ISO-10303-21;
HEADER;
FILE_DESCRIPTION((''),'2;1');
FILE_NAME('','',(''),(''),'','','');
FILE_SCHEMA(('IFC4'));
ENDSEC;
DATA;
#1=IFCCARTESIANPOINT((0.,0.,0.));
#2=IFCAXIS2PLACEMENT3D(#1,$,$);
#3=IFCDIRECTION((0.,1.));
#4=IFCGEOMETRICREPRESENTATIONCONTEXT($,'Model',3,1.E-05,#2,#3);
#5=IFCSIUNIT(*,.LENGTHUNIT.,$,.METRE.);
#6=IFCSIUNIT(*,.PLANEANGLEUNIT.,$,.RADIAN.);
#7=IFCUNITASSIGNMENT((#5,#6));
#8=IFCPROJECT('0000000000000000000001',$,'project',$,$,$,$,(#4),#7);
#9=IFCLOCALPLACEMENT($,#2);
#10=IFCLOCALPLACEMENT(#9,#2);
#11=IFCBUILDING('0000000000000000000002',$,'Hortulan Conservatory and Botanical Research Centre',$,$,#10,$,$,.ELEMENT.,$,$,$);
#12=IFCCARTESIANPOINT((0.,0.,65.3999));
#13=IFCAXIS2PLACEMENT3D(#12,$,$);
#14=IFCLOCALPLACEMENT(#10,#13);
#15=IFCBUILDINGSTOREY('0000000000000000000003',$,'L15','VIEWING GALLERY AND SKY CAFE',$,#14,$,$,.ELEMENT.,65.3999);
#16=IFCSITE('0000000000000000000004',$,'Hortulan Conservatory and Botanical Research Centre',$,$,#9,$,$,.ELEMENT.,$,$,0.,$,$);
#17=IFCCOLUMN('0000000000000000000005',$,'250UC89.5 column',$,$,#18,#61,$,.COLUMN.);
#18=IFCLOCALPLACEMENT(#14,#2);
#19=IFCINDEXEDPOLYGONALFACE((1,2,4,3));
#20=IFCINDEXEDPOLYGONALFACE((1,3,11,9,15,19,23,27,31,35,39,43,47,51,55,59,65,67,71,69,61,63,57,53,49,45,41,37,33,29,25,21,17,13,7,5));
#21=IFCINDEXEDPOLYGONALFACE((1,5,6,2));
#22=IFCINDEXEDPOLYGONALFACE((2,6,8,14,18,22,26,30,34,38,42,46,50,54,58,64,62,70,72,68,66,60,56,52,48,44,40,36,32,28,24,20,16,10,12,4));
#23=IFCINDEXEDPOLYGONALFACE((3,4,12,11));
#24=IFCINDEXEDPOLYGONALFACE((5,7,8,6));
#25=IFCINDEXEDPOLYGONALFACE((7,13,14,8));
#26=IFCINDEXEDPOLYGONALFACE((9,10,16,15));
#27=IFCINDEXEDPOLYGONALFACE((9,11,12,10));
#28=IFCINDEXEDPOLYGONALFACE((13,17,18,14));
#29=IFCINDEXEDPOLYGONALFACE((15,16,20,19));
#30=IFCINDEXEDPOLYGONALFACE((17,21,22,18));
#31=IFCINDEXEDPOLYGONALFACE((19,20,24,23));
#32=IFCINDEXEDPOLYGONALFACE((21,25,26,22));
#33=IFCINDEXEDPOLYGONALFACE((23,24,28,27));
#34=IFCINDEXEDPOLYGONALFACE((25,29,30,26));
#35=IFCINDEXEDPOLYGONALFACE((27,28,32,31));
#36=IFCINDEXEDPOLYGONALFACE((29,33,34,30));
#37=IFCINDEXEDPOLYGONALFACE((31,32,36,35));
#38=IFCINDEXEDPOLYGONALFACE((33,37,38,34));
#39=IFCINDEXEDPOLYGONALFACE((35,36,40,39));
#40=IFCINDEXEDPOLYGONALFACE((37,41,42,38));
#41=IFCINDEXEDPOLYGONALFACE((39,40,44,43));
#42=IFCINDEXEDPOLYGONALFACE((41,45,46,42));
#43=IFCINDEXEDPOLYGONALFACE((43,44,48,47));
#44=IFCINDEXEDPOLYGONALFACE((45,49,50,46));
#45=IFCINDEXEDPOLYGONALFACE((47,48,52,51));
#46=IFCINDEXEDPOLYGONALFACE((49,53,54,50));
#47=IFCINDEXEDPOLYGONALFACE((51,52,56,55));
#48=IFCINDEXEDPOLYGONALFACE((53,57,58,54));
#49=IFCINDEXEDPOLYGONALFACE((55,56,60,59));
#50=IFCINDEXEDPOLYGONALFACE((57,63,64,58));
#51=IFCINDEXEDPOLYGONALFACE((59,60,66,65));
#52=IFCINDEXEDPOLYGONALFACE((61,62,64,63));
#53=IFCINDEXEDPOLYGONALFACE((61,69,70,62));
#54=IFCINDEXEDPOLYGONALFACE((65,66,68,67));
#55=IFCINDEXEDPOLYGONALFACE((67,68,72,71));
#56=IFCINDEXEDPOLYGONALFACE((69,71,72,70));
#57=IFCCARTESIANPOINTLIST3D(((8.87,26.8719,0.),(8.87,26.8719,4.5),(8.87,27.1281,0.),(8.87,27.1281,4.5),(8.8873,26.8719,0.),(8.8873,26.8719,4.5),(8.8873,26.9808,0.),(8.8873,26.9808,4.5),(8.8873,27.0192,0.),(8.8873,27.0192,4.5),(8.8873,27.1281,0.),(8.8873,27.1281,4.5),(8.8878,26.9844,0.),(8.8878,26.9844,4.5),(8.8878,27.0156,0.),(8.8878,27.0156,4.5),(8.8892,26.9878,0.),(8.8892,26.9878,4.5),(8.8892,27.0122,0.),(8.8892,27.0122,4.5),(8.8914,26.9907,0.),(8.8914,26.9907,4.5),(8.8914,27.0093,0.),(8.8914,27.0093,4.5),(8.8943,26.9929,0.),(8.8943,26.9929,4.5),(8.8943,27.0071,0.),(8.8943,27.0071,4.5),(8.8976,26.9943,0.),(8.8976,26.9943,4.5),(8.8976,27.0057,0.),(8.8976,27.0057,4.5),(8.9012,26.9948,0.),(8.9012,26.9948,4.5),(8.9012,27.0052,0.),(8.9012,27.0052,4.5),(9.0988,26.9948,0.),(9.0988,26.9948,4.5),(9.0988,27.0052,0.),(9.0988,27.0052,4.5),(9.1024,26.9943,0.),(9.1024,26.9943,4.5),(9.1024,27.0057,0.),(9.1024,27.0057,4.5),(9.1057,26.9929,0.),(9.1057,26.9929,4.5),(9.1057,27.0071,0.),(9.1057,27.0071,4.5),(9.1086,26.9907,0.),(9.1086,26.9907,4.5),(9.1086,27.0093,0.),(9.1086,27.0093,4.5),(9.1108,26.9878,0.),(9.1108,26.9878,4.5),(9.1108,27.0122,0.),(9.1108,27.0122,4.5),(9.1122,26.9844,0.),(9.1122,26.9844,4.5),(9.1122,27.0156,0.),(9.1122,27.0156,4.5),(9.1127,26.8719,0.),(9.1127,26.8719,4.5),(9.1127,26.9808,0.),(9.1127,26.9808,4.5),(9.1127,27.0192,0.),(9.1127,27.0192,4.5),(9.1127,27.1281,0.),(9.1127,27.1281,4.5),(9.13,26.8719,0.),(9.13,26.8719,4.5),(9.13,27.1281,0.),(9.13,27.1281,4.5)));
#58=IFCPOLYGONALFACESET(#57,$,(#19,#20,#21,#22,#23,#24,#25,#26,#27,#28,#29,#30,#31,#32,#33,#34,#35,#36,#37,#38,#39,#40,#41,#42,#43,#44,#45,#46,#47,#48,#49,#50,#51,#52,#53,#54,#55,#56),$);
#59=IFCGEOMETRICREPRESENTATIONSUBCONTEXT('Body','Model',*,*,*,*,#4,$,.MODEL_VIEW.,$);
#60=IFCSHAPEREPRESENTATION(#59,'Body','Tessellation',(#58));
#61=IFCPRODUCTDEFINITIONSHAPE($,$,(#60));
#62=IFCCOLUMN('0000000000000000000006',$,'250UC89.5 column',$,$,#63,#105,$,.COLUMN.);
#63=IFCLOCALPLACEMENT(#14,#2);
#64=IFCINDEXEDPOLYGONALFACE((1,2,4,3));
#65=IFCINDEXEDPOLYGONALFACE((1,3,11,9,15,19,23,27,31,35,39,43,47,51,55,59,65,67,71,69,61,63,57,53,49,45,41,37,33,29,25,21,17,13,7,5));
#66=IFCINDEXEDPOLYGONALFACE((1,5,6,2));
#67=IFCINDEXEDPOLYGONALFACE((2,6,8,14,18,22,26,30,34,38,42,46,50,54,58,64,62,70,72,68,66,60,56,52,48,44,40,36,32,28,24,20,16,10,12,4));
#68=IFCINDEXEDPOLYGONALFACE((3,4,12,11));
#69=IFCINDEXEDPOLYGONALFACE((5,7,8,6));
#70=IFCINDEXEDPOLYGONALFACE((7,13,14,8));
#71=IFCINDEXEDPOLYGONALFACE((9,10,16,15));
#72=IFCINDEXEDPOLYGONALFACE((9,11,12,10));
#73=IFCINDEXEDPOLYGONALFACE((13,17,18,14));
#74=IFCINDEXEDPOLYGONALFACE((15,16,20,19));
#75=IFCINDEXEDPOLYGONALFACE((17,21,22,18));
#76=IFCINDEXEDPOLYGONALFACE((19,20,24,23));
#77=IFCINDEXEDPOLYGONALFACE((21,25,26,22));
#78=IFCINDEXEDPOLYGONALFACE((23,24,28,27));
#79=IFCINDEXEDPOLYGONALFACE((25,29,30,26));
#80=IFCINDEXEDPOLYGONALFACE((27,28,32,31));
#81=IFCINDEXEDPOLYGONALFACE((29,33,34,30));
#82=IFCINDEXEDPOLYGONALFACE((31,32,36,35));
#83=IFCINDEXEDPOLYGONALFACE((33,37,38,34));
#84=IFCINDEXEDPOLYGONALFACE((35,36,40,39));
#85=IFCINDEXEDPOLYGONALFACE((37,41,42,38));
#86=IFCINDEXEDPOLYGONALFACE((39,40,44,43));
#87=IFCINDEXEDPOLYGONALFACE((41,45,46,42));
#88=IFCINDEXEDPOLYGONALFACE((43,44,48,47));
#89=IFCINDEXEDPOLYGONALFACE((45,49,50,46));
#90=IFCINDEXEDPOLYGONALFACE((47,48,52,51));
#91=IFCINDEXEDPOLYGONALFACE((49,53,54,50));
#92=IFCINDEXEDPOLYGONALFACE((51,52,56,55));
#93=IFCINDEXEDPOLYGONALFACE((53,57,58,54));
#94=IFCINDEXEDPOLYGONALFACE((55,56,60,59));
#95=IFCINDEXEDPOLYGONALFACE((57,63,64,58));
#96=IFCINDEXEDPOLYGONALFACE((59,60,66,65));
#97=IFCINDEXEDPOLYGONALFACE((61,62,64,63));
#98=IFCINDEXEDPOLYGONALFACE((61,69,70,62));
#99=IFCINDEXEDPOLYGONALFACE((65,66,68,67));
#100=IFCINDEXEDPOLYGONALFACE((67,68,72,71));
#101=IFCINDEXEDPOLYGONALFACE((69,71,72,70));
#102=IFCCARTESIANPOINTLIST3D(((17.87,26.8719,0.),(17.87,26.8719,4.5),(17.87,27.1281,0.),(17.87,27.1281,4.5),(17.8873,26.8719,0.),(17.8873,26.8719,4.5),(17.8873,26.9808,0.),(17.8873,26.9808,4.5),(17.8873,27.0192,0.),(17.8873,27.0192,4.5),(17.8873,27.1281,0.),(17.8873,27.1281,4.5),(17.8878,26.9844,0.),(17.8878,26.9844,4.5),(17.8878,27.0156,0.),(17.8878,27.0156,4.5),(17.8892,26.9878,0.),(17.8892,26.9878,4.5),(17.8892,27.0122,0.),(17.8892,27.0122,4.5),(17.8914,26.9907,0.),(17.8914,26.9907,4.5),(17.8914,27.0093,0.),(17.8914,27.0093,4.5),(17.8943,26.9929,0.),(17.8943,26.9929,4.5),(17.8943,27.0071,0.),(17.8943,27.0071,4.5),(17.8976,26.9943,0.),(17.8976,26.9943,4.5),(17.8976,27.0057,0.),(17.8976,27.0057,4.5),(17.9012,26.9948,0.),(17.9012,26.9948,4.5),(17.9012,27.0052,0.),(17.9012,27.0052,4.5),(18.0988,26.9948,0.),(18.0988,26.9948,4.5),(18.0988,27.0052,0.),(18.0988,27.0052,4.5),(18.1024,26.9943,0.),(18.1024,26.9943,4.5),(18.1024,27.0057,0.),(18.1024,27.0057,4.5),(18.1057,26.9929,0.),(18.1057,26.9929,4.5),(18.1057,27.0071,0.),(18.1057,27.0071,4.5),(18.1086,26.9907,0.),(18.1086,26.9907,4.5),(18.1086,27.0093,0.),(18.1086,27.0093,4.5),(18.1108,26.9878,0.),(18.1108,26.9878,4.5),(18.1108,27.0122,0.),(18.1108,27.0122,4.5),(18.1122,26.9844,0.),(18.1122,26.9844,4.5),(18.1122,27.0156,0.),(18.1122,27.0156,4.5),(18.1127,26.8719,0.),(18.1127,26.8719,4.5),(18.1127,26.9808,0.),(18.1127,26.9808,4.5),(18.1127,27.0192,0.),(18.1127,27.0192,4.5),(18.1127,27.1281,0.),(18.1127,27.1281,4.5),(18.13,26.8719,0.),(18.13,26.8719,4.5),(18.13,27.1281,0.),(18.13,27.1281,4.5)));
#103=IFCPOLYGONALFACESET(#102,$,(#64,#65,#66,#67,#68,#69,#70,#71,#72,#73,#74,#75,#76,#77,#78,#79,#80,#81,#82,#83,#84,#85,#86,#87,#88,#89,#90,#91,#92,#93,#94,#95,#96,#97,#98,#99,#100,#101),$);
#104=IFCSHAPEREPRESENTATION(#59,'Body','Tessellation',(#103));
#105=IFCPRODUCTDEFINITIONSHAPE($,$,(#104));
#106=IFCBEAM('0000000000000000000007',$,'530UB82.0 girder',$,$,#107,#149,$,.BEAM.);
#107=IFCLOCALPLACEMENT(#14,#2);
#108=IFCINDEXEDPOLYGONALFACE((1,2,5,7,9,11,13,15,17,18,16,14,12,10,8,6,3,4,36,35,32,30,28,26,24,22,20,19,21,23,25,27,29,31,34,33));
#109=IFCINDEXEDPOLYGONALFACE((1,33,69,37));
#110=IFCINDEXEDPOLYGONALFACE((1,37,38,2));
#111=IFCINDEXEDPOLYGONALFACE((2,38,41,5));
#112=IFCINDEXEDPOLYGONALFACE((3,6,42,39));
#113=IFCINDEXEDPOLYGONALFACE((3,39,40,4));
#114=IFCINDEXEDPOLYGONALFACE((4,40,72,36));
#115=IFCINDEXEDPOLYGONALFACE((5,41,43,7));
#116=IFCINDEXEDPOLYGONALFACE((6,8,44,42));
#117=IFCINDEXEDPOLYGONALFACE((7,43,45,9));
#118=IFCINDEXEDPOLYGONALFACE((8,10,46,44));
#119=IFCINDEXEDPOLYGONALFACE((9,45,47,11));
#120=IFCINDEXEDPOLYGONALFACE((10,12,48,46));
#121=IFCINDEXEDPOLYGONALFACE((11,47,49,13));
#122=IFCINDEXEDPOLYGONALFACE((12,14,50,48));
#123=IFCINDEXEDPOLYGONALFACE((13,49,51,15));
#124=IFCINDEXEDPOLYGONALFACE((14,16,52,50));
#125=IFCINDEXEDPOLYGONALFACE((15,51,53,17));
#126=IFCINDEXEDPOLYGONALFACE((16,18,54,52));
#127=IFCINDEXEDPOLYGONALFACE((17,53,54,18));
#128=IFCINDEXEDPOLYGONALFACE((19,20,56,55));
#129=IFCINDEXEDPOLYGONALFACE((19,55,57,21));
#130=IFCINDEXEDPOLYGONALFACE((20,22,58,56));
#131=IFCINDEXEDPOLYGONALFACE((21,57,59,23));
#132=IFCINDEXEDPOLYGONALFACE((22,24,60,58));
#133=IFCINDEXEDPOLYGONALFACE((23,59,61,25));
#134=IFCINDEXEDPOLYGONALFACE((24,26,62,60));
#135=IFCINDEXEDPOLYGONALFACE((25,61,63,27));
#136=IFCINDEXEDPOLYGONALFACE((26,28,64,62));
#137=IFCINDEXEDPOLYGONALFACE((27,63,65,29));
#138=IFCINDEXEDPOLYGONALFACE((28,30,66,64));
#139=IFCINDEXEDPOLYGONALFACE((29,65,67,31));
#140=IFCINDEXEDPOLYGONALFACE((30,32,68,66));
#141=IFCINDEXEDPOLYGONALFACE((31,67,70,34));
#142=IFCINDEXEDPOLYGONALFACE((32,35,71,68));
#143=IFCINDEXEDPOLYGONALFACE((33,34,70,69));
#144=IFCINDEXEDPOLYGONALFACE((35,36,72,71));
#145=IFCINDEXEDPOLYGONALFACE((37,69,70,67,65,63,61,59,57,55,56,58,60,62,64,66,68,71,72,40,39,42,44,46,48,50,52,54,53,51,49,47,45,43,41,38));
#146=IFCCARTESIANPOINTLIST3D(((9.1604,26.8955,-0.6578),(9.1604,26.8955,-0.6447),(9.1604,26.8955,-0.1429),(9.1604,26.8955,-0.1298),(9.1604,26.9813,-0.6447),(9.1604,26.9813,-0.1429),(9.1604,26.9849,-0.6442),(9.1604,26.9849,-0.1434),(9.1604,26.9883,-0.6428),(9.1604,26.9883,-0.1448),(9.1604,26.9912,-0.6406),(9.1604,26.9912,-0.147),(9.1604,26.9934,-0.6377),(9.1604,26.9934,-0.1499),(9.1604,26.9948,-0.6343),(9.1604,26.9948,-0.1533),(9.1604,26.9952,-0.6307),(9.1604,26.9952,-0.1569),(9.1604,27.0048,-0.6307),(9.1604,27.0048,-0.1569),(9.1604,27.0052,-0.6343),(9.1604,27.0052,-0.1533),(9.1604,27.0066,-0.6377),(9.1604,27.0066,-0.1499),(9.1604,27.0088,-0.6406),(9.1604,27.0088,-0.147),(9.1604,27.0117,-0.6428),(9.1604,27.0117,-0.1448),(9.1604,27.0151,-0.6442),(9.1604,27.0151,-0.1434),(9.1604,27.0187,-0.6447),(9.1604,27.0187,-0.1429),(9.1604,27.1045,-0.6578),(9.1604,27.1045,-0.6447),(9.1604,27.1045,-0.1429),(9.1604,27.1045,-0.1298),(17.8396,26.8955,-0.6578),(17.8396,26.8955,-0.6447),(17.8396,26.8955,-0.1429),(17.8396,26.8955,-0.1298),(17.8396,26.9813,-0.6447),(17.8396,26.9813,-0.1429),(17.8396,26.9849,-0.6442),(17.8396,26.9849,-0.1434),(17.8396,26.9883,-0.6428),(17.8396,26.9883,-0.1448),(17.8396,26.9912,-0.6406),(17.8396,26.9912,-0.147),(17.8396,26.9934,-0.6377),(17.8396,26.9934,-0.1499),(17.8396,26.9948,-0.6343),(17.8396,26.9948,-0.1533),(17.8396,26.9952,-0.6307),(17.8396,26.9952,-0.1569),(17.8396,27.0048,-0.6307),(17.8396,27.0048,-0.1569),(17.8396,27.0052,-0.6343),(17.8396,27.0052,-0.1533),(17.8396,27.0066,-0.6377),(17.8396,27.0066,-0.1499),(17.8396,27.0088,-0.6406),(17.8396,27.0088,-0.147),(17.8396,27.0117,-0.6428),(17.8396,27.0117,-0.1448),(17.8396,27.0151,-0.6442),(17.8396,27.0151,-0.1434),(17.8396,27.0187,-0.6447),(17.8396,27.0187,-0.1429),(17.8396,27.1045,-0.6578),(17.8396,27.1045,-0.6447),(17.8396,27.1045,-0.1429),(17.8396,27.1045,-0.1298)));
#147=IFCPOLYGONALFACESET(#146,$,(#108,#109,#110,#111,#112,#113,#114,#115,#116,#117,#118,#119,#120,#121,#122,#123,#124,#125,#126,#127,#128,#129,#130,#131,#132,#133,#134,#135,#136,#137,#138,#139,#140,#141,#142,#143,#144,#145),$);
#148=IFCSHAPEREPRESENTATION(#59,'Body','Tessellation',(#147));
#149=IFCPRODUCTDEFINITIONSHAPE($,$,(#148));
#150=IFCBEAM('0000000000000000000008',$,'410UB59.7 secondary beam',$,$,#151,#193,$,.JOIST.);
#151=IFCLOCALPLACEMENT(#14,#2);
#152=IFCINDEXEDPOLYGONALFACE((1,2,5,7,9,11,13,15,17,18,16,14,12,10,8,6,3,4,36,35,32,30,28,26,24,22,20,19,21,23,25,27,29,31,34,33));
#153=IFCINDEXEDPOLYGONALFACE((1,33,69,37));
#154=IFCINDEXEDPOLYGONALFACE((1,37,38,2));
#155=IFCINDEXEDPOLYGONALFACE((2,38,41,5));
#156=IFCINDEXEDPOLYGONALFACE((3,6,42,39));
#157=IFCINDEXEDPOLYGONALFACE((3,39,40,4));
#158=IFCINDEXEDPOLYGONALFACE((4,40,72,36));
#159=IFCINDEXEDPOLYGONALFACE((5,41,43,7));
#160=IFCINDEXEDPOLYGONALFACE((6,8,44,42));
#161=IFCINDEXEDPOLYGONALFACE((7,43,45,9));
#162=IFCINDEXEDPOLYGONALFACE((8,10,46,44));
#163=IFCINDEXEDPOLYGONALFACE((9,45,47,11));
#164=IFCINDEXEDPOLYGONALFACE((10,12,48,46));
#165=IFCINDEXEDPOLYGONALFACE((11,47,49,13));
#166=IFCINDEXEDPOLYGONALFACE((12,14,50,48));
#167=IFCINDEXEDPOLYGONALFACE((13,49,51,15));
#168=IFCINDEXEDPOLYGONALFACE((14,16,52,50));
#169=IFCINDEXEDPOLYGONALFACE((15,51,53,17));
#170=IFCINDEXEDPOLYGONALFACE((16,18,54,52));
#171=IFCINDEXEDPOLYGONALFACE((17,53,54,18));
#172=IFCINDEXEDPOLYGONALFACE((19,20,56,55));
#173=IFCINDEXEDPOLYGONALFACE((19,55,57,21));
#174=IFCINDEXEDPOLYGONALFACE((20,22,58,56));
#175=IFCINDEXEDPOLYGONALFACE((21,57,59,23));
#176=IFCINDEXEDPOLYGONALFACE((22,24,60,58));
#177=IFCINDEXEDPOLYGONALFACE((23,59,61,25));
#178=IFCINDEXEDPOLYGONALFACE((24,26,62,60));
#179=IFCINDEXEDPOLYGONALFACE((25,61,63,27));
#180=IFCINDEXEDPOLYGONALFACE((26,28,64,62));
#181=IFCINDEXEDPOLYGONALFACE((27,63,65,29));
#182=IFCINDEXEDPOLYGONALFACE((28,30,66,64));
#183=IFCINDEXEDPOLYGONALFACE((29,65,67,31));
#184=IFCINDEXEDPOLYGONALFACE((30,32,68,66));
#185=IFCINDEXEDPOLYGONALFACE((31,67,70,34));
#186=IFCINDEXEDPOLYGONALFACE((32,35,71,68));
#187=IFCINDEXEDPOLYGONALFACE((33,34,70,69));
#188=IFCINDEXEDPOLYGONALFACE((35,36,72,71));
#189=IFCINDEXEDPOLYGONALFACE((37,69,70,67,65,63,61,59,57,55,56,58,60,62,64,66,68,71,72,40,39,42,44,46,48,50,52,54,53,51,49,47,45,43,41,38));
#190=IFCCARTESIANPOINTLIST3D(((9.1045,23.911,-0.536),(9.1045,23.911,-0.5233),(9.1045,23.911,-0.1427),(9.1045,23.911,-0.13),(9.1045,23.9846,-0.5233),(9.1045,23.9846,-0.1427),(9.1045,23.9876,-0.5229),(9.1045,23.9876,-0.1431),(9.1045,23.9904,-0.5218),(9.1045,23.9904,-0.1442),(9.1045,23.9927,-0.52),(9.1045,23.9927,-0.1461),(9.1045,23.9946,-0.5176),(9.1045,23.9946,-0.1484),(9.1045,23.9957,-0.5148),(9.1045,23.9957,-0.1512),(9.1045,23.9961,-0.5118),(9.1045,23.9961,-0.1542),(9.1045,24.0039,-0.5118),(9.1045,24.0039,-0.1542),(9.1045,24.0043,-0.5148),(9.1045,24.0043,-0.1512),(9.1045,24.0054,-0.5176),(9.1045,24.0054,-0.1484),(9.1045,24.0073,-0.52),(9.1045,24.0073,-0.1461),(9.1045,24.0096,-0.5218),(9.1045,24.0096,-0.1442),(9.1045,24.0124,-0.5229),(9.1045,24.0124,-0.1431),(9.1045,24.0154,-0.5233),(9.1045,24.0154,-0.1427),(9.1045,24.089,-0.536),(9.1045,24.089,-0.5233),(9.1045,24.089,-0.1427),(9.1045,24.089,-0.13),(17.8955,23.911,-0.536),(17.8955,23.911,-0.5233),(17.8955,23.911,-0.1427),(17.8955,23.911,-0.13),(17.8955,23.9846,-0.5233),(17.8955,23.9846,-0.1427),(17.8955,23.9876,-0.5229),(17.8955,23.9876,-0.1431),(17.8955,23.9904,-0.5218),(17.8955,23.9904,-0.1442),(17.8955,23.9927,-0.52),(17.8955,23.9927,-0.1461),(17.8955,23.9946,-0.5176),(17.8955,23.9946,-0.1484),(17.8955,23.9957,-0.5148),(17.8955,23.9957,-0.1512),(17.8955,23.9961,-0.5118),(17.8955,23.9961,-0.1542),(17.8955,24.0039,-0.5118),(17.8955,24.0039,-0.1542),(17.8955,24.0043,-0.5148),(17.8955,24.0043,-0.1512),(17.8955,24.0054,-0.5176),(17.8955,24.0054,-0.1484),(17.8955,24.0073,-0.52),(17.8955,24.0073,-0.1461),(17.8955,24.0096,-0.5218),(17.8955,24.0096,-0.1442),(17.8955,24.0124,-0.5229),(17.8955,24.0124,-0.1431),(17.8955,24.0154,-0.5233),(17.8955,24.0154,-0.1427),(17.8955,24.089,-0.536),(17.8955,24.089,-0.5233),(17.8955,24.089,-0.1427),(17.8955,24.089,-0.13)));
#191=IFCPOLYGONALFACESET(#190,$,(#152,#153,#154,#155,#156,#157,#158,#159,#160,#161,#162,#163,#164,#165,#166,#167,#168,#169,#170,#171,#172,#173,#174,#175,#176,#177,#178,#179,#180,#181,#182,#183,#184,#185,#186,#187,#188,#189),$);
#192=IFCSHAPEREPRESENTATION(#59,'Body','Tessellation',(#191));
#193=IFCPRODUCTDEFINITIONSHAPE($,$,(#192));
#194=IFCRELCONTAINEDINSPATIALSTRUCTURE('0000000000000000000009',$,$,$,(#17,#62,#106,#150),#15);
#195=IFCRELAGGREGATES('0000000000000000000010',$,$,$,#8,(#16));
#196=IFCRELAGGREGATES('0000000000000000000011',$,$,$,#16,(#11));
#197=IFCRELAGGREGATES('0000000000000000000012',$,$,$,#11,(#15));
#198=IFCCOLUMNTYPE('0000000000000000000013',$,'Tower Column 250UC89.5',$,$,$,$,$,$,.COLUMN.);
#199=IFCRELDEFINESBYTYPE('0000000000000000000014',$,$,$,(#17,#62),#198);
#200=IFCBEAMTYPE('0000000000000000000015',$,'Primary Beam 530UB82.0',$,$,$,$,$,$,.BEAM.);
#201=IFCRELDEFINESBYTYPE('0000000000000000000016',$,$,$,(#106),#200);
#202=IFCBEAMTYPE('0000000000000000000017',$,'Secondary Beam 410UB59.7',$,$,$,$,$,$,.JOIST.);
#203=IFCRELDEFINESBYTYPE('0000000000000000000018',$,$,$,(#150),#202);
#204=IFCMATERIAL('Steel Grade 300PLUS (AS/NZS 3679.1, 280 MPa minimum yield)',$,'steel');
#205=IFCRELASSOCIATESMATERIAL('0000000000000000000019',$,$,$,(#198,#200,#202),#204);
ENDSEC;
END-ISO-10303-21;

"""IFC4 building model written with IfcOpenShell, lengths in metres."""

from ifc_helpers import new_model, si_unit, direction, frame, origin, origin_2d, place, context, subcontext, project, spatial, i_section, extrude, material, material_profile, profile_set, type_object, element, save


model = new_model("IFC4")

# Units and contexts
model_context = context("Model", 3, precision=1e-05, world=origin(), true_north=direction((0.0, 1.0)))
body_context = subcontext(model_context, "Body", "Model", "MODEL_VIEW")
ifc_project = project(units=[si_unit("LENGTHUNIT", "METRE"), si_unit("PLANEANGLEUNIT", "RADIAN")], contexts=[model_context])

# Site, building, storey
site_placement = place(None, origin())
site = spatial("IfcSite", under=ifc_project, at=site_placement, Name="Hortulan Conservatory and Botanical Research Centre", CompositionType="ELEMENT", RefElevation=0.0)
building_placement = place(site_placement, origin())
building = spatial("IfcBuilding", under=site, at=building_placement, Name="Hortulan Conservatory and Botanical Research Centre", CompositionType="ELEMENT")
storey_placement = place(building_placement, frame((0.0, 0.0, 65.3999)))
storey = spatial("IfcBuildingStorey", under=building, at=storey_placement, Name="L15", Description="VIEWING GALLERY AND SKY CAFE", CompositionType="ELEMENT", Elevation=65.3999)

# Columns
ifc_material_1 = material(Name="Steel Grade 300PLUS (AS/NZS 3679.1, 280 MPa minimum yield)", Category="steel")
ifc_material_profile_1 = material_profile(ifc_material_1, i_section(OverallWidth=0.2561, OverallDepth=0.26, WebThickness=0.0105, FlangeThickness=0.0173, FilletRadius=0.0139, at=origin_2d()), Name="250UC89.5")
ifc_profile_set_1 = profile_set([ifc_material_profile_1], Name="Steel Grade 300PLUS (AS/NZS 3679.1, 280 MPa minimum yield)")
column_type = type_object("IfcColumnType", Name="Tower Column 250UC89.5", PredefinedType="COLUMN", material=ifc_profile_set_1)
for number, where, z_axis, x_axis, name in (
    (1, (9.0, 27.0, 0.0), (0.0, 0.0, 1.0), (0.0, 1.0, 0.0), "250UC89.5 column"),
    (2, (18.0, 27.0, 0.0), (0.0, 0.0, 1.0), (0.0, 1.0, 0.0), "250UC89.5 column"),
):
    element("IfcColumn", number, at=place(storey_placement, frame(where, z_axis=z_axis, x_axis=x_axis)), inside=storey, type_object=column_type, Name=name, PredefinedType="COLUMN", context=body_context, shape_type="SweptSolid", body=[
        extrude(i_section(OverallWidth=0.2561, OverallDepth=0.26, WebThickness=0.0105, FlangeThickness=0.0173, FilletRadius=0.0139, at=origin_2d()), origin(), (0.0, 0.0, 1.0), 4.5),
    ])

# Beams
ifc_material_profile_2 = material_profile(ifc_material_1, i_section(OverallWidth=0.209, OverallDepth=0.5281, WebThickness=0.0095, FlangeThickness=0.0132, FilletRadius=0.0139, at=origin_2d()), Name="530UB82.0")
ifc_profile_set_2 = profile_set([ifc_material_profile_2], Name="Steel Grade 300PLUS (AS/NZS 3679.1, 280 MPa minimum yield)")
beam_type_1 = type_object("IfcBeamType", Name="Primary Beam 530UB82.0", PredefinedType="BEAM", material=ifc_profile_set_2)
beam_1_placement = place(storey_placement, frame((9.1604, 27.0, -0.3938), z_axis=(1.0, 0.0, 0.0), x_axis=(0.0, 1.0, 0.0)))
element("IfcBeam", 3, at=beam_1_placement, inside=storey, type_object=beam_type_1, Name="530UB82.0 girder", PredefinedType="BEAM", context=body_context, shape_type="SweptSolid", body=[
    extrude(i_section(OverallWidth=0.209, OverallDepth=0.5281, WebThickness=0.0095, FlangeThickness=0.0132, FilletRadius=0.0139, at=origin_2d()), origin(), (0.0, 0.0, 1.0), 8.6792),
])
ifc_material_profile_3 = material_profile(ifc_material_1, i_section(OverallWidth=0.178, OverallDepth=0.406, WebThickness=0.0078, FlangeThickness=0.0127, FilletRadius=0.0115, at=origin_2d()), Name="410UB59.7")
ifc_profile_set_3 = profile_set([ifc_material_profile_3], Name="Steel Grade 300PLUS (AS/NZS 3679.1, 280 MPa minimum yield)")
beam_type_2 = type_object("IfcBeamType", Name="Secondary Beam 410UB59.7", PredefinedType="JOIST", material=ifc_profile_set_3)
beam_2_placement = place(storey_placement, frame((9.1045, 24.0, -0.333), z_axis=(1.0, 0.0, 0.0), x_axis=(0.0, 1.0, 0.0)))
element("IfcBeam", 4, at=beam_2_placement, inside=storey, type_object=beam_type_2, Name="410UB59.7 secondary beam", PredefinedType="JOIST", context=body_context, shape_type="SweptSolid", body=[
    extrude(i_section(OverallWidth=0.178, OverallDepth=0.406, WebThickness=0.0078, FlangeThickness=0.0127, FilletRadius=0.0115, at=origin_2d()), origin(), (0.0, 0.0, 1.0), 8.791),
])

save(model, "model.ifc")
